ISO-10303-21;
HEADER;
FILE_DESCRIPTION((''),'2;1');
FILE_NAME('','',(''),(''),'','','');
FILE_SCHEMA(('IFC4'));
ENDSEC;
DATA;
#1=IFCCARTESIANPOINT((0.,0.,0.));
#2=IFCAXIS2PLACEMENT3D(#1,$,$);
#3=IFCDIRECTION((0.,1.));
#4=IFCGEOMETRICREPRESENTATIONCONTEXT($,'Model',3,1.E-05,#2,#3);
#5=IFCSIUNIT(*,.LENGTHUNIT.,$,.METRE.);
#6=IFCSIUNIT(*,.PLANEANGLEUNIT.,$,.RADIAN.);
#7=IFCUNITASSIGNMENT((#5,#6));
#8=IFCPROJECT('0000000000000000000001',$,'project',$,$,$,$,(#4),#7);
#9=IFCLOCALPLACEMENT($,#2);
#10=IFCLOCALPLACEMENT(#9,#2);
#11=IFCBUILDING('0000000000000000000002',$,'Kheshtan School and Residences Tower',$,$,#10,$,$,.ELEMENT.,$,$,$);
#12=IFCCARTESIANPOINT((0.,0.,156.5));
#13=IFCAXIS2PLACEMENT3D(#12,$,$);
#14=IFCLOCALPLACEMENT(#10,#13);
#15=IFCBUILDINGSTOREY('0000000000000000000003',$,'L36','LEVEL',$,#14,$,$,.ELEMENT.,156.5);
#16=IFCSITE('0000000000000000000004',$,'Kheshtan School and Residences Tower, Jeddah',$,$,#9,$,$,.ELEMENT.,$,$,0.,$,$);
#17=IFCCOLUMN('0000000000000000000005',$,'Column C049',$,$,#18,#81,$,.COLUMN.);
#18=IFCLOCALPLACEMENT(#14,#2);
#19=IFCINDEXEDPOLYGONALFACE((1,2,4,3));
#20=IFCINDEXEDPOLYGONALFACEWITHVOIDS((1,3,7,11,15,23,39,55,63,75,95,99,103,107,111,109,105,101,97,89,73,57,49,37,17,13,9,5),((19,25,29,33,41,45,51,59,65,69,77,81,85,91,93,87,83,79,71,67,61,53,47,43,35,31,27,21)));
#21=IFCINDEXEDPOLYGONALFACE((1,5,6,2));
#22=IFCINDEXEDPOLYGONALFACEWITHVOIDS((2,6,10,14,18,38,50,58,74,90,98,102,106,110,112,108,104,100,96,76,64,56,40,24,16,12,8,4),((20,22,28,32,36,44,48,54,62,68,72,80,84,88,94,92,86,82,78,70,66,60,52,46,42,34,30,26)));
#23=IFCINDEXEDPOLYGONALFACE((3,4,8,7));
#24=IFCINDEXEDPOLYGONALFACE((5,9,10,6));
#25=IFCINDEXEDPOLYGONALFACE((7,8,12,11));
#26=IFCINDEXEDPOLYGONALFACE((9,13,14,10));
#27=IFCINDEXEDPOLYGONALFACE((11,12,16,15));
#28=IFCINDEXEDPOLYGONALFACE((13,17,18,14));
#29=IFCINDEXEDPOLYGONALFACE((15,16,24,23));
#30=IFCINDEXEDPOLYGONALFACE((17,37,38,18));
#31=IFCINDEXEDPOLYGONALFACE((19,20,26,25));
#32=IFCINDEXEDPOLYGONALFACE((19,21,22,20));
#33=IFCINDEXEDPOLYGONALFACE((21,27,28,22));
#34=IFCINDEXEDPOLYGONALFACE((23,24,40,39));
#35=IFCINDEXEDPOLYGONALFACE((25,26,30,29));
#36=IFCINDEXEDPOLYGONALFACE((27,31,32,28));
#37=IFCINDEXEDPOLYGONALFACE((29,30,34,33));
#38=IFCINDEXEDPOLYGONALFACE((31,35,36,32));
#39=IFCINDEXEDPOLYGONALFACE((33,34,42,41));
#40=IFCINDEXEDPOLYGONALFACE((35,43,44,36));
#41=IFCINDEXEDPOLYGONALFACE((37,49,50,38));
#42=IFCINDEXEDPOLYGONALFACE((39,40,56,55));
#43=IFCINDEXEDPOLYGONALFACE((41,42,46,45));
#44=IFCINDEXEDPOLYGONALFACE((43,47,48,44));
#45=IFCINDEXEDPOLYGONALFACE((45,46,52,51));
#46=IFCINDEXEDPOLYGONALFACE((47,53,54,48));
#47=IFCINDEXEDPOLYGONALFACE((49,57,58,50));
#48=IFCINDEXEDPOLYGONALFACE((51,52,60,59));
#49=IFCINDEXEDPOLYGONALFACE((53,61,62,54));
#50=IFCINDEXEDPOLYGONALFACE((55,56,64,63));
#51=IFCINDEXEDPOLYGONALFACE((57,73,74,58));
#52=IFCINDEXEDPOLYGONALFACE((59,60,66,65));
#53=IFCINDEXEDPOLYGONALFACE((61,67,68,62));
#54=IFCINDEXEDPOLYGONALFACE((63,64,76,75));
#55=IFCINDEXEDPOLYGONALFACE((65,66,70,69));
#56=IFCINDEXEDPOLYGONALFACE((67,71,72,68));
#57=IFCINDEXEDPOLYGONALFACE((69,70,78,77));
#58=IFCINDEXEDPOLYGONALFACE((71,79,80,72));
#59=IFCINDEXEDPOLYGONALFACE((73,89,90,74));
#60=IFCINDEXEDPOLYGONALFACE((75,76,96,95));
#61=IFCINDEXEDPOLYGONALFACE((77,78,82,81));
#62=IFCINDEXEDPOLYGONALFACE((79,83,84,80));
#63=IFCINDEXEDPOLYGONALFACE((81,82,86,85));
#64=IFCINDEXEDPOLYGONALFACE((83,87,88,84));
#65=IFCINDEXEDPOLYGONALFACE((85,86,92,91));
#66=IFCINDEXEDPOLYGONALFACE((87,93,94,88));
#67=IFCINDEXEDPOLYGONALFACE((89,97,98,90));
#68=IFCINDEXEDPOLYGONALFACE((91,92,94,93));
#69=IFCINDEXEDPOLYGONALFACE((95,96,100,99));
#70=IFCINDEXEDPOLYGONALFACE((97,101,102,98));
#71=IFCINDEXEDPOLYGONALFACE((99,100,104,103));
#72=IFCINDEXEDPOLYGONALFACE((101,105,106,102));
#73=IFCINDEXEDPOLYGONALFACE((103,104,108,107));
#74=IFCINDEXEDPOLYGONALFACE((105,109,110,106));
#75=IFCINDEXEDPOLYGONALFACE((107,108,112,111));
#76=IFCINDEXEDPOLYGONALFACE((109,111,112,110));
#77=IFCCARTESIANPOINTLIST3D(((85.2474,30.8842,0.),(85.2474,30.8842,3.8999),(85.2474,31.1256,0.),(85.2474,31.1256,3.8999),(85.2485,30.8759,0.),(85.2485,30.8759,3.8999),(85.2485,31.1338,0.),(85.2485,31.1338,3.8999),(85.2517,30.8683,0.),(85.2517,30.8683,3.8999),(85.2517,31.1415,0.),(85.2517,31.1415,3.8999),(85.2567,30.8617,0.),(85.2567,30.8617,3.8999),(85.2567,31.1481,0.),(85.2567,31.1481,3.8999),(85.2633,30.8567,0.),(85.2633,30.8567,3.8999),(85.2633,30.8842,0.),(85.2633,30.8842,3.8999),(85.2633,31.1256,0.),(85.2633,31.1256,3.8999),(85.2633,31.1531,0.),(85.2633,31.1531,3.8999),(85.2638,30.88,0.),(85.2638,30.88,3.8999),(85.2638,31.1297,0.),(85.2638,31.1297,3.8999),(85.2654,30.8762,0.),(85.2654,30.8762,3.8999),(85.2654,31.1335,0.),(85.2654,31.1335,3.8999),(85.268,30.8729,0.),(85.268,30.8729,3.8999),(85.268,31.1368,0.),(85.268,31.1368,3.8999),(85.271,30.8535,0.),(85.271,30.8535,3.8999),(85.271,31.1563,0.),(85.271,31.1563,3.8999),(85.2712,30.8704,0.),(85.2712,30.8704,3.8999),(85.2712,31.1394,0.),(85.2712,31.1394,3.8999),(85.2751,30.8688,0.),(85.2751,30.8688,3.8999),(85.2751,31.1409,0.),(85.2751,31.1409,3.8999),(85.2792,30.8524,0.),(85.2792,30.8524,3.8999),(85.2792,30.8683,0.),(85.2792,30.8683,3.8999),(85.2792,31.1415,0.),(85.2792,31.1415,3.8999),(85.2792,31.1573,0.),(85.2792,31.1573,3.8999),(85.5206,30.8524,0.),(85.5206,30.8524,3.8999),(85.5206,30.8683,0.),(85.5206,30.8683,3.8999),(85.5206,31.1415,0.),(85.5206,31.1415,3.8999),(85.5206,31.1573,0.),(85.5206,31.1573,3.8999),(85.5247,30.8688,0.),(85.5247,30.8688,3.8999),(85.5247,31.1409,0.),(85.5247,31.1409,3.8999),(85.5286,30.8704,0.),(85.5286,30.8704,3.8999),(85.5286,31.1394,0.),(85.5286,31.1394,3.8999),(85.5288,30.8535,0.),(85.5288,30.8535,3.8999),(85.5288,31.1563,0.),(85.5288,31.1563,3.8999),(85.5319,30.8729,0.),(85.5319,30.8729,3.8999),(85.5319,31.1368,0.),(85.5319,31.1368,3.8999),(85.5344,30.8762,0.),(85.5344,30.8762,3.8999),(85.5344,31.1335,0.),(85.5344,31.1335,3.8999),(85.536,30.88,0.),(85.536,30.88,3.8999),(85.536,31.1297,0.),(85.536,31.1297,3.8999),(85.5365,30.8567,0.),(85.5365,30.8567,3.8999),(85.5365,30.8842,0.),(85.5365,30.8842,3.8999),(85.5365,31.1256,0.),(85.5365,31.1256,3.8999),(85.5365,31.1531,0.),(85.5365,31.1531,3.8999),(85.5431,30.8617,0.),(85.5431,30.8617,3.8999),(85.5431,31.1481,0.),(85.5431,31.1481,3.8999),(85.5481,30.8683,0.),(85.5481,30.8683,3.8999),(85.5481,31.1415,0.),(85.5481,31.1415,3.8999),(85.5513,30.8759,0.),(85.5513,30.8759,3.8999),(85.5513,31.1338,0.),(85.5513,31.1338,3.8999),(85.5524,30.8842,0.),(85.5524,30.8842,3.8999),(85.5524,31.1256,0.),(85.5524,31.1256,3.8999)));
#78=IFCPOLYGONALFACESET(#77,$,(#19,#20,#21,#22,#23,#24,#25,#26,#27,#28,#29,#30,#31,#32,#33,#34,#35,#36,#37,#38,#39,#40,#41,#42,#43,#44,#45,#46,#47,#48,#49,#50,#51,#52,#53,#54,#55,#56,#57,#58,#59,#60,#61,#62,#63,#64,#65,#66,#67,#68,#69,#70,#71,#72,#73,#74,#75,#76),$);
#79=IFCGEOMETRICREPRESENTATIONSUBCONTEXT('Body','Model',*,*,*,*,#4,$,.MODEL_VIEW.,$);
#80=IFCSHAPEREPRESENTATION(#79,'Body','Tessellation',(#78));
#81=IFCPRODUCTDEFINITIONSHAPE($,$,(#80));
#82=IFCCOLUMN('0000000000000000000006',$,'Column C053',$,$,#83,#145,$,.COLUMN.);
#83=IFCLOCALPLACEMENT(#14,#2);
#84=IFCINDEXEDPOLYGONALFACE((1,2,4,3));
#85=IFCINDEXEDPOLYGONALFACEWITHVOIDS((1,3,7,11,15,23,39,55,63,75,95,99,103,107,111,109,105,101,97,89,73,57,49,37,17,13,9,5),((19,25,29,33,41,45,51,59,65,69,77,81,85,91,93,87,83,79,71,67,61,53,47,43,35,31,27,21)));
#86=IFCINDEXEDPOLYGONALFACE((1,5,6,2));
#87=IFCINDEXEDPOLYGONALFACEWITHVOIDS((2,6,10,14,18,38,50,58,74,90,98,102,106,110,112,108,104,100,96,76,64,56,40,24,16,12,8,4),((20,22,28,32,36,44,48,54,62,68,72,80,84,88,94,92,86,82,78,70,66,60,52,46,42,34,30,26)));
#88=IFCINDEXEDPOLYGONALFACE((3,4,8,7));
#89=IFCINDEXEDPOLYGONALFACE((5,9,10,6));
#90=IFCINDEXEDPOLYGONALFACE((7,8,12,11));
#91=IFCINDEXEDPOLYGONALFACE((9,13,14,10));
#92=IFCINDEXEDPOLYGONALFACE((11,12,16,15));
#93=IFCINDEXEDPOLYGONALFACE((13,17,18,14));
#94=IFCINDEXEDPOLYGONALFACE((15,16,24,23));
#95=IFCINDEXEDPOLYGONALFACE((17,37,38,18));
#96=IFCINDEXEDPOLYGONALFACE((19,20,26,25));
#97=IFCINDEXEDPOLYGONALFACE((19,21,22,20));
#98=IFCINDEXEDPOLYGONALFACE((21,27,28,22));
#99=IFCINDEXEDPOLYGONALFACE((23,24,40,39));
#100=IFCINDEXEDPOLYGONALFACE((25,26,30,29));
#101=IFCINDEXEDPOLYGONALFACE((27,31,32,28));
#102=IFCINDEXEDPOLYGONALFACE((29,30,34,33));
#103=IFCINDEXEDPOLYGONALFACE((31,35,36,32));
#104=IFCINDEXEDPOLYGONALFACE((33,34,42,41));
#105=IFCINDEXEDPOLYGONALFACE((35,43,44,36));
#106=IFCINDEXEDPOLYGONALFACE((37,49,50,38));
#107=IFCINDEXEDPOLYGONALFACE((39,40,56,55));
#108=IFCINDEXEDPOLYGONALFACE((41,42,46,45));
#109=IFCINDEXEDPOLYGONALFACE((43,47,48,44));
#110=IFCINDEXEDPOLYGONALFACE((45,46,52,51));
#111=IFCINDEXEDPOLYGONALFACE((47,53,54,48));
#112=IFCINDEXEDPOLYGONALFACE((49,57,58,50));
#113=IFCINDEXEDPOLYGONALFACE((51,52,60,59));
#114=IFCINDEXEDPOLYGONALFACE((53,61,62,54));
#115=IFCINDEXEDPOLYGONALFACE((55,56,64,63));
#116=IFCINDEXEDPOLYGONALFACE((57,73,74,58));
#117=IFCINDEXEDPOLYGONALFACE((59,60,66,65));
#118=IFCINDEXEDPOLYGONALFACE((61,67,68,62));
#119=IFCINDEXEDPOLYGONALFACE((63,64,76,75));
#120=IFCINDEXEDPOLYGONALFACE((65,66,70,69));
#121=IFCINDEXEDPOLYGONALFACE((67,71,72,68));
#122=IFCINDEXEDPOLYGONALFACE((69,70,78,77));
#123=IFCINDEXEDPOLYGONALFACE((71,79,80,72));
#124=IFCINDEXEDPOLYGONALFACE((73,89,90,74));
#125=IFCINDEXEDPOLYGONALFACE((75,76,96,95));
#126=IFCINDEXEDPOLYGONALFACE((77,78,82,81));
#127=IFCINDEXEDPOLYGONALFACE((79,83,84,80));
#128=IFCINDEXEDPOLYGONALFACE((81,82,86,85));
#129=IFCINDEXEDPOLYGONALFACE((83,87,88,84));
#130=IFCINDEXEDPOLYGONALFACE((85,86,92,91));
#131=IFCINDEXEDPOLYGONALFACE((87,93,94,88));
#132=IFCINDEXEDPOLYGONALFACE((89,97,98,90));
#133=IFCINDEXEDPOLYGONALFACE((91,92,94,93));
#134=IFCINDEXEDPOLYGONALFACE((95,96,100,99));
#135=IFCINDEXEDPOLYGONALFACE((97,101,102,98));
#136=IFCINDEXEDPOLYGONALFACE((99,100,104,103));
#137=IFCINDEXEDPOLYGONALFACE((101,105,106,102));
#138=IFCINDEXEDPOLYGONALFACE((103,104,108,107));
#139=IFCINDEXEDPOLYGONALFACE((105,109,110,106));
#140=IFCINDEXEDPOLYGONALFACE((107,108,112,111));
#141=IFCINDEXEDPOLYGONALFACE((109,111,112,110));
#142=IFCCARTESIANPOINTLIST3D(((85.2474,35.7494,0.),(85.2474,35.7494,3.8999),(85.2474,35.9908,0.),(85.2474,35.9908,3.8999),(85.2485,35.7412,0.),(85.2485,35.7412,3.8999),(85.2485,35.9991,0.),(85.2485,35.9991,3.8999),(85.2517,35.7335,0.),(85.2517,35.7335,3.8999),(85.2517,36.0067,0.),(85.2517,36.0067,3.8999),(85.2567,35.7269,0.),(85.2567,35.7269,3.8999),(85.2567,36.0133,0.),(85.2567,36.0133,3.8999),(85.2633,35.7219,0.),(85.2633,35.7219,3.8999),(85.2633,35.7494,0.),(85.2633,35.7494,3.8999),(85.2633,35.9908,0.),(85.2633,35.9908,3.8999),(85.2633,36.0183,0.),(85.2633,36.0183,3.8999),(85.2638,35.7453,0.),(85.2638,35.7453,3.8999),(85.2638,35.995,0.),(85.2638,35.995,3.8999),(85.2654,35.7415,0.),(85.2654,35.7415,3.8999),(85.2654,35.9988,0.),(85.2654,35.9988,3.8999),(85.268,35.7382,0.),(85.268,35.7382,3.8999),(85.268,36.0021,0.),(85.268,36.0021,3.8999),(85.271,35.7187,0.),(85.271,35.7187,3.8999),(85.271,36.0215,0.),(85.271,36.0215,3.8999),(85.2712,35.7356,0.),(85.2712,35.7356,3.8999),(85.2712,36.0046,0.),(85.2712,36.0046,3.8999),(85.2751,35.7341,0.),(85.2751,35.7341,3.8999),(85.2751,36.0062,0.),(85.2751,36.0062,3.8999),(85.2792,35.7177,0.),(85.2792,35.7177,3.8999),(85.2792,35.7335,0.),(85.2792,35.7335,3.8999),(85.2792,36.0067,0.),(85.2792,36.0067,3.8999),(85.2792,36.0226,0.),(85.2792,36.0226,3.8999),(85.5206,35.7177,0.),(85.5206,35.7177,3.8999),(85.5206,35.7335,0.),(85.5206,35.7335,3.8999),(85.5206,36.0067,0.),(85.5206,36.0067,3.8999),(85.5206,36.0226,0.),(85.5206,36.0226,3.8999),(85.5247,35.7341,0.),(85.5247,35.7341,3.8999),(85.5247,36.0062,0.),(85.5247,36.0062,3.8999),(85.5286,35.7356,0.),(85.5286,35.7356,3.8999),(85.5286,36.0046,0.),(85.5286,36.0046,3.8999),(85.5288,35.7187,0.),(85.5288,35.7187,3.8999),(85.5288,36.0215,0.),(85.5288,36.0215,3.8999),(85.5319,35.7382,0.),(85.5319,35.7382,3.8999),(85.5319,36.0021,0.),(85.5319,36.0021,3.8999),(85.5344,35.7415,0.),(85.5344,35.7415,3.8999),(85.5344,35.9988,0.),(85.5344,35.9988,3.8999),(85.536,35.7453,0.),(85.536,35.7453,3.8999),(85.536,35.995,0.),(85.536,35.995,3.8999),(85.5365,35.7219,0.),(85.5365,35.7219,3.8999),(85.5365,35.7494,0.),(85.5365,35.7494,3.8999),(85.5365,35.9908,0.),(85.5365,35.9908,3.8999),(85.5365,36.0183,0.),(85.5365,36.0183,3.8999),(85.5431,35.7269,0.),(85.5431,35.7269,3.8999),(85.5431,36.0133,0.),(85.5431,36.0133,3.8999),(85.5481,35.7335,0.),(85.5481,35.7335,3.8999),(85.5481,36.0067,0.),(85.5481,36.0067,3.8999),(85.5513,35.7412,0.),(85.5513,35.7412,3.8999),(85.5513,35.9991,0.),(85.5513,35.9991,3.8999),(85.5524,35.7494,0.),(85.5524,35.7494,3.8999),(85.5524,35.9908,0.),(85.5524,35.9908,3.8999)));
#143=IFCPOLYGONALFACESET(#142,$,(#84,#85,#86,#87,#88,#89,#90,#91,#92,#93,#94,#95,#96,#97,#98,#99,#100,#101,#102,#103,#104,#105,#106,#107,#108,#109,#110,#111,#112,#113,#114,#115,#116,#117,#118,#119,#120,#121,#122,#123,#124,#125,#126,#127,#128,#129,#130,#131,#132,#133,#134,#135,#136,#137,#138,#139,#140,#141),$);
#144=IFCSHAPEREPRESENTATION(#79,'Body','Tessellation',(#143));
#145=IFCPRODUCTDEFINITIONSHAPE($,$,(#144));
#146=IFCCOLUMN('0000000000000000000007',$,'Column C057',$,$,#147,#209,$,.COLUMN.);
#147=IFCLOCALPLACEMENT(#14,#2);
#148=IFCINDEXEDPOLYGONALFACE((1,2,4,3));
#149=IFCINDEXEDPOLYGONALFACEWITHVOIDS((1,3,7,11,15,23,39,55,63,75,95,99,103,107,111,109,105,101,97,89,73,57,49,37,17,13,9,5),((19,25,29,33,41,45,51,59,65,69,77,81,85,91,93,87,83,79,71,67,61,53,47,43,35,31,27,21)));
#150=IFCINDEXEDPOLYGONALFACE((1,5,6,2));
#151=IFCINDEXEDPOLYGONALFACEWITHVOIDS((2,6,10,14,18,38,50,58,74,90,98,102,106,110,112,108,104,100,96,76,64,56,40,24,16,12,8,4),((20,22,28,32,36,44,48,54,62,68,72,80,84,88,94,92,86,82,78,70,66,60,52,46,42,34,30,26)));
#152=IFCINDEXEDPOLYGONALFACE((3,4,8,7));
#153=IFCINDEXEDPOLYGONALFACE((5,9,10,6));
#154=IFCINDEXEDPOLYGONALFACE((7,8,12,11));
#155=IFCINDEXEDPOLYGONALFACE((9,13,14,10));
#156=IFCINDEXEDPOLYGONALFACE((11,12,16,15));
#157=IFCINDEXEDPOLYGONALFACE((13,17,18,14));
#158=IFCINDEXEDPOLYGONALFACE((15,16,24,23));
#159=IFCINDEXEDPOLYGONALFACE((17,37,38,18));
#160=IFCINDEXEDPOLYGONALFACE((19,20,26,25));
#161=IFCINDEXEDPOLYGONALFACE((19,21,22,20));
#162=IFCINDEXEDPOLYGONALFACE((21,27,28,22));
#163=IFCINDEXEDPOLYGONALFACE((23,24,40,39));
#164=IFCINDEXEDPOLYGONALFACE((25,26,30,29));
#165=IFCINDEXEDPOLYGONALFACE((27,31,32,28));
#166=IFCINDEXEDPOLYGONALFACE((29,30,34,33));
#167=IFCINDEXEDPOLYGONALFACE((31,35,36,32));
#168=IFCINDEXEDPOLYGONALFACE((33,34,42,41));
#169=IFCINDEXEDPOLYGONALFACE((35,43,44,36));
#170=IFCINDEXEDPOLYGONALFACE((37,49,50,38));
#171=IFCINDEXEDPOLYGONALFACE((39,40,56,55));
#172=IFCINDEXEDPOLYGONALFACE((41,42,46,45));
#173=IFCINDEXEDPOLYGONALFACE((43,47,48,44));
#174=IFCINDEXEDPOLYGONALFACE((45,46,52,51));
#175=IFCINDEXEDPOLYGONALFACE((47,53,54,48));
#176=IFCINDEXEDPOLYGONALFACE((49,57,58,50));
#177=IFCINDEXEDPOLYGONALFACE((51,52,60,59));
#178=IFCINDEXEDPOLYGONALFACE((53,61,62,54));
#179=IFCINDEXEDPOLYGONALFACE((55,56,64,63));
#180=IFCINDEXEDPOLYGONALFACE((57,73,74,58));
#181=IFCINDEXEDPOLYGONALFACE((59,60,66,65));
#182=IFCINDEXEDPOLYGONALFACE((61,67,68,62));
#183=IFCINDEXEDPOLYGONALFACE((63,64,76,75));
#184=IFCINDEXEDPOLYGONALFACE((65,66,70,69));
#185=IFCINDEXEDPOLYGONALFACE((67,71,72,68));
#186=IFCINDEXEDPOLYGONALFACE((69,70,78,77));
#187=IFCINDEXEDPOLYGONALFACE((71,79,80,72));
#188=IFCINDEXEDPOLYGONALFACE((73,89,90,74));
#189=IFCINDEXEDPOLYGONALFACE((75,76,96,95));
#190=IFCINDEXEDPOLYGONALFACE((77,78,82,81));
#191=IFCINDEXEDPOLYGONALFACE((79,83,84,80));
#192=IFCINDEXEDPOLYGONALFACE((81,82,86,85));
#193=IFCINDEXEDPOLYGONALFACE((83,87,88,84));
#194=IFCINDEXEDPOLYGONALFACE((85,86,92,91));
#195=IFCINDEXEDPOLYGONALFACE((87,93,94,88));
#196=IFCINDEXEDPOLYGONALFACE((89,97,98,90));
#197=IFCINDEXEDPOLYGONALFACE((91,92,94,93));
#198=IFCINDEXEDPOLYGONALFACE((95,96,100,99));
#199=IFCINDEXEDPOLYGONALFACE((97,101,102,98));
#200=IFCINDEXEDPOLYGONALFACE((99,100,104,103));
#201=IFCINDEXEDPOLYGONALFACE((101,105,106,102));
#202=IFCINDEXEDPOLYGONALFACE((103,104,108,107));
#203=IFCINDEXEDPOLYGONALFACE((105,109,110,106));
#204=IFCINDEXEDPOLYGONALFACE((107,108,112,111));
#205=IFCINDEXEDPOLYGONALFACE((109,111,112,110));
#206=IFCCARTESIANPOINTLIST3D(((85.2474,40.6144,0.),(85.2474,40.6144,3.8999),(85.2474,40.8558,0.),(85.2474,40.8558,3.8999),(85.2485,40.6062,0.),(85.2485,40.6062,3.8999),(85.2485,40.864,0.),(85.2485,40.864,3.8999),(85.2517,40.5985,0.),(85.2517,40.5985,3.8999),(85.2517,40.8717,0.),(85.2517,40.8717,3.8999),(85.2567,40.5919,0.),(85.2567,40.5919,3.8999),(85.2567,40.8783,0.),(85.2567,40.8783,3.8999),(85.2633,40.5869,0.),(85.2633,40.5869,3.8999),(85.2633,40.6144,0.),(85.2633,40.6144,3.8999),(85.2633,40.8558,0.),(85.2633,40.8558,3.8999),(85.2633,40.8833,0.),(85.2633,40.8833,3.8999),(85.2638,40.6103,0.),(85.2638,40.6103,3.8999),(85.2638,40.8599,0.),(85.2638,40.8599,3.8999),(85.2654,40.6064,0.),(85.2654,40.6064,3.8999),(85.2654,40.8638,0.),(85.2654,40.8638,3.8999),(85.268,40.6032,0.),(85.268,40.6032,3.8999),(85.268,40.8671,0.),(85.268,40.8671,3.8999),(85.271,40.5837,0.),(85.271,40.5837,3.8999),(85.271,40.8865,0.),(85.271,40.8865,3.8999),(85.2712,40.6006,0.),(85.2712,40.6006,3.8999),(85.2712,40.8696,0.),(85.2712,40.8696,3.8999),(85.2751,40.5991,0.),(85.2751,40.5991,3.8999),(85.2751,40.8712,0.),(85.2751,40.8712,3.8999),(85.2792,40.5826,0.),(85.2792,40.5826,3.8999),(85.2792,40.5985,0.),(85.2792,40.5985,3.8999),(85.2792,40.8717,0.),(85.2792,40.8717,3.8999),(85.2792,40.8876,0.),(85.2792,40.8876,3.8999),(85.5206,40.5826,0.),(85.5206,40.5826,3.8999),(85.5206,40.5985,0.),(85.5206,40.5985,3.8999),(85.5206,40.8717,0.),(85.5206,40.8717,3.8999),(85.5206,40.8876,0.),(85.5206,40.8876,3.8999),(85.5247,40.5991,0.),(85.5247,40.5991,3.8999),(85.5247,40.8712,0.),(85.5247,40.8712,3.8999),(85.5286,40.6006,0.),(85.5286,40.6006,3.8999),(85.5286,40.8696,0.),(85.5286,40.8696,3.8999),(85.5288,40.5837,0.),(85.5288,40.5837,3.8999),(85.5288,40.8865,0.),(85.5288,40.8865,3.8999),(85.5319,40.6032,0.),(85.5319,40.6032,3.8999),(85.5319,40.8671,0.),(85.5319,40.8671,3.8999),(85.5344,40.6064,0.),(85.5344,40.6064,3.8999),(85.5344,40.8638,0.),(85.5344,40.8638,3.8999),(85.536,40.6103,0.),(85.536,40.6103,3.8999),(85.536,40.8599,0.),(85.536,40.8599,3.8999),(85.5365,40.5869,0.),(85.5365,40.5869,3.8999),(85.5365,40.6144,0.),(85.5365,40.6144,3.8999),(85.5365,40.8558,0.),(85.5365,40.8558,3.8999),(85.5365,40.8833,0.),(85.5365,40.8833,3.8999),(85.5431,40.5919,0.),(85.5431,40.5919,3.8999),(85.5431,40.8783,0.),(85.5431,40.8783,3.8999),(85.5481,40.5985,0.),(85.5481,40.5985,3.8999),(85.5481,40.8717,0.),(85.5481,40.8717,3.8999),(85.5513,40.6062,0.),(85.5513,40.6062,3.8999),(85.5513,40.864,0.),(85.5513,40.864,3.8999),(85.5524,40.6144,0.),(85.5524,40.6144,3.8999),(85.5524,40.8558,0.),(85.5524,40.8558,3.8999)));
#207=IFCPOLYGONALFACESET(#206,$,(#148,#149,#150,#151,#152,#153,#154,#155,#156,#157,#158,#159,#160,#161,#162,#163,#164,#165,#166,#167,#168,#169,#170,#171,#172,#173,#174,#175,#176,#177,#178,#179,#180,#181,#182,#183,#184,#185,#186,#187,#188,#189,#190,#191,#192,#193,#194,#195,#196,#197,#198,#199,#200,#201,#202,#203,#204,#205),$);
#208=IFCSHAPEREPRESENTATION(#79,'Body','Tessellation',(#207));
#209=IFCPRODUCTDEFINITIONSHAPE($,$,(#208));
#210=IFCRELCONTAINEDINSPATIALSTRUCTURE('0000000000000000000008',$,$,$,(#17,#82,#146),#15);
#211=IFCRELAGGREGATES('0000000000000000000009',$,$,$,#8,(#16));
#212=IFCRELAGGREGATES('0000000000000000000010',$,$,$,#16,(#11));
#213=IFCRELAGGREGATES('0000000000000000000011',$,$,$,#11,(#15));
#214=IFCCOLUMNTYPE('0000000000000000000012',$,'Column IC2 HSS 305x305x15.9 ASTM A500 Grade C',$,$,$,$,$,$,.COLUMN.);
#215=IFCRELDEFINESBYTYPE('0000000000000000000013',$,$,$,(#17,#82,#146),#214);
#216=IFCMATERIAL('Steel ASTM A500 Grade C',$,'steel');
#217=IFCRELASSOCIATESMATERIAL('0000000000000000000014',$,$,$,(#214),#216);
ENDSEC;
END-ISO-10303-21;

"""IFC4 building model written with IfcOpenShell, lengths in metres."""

from ifc_helpers import new_model, si_unit, direction, frame, origin, origin_2d, place, context, subcontext, project, spatial, hollow_rectangle, extrude, material, material_profile, profile_set, type_object, element, save


model = new_model("IFC4")

# Units and contexts
model_context = context("Model", 3, precision=1e-05, world=origin(), true_north=direction((0.0, 1.0)))
body_context = subcontext(model_context, "Body", "Model", "MODEL_VIEW")
ifc_project = project(units=[si_unit("LENGTHUNIT", "METRE"), si_unit("PLANEANGLEUNIT", "RADIAN")], contexts=[model_context])

# Site, building, storey
site_placement = place(None, origin())
site = spatial("IfcSite", under=ifc_project, at=site_placement, Name="Kheshtan School and Residences Tower, Jeddah", CompositionType="ELEMENT", RefElevation=0.0)
building_placement = place(site_placement, origin())
building = spatial("IfcBuilding", under=site, at=building_placement, Name="Kheshtan School and Residences Tower", CompositionType="ELEMENT")
storey_placement = place(building_placement, frame((0.0, 0.0, 156.5)))
storey = spatial("IfcBuildingStorey", under=building, at=storey_placement, Name="L36", Description="LEVEL", CompositionType="ELEMENT", Elevation=156.5)

# Columns
ifc_material_1 = material(Name="Steel ASTM A500 Grade C", Category="steel")
ifc_material_profile_1 = material_profile(ifc_material_1, hollow_rectangle(XDim=0.3049, YDim=0.3049, WallThickness=0.0159, InnerFilletRadius=0.0159, OuterFilletRadius=0.0317, at=origin_2d()), Name="HSS 305x305x15.9")
ifc_profile_set_1 = profile_set([ifc_material_profile_1], Name="Steel ASTM A500 Grade C")
column_type = type_object("IfcColumnType", Name="Column IC2 HSS 305x305x15.9 ASTM A500 Grade C", PredefinedType="COLUMN", material=ifc_profile_set_1)
for number, where, z_axis, x_axis, name in (
    (1, (85.3999, 31.0049, 0.0), (0.0, 0.0, 1.0), (1.0, 0.0, 0.0), "Column C049"),
    (2, (85.3999, 35.8701, 0.0), (0.0, 0.0, 1.0), (1.0, 0.0, 0.0), "Column C053"),
    (3, (85.3999, 40.7351, 0.0), (0.0, 0.0, 1.0), (1.0, 0.0, 0.0), "Column C057"),
):
    element("IfcColumn", number, at=place(storey_placement, frame(where, z_axis=z_axis, x_axis=x_axis)), inside=storey, type_object=column_type, Name=name, PredefinedType="COLUMN", context=body_context, shape_type="SweptSolid", body=[
        extrude(hollow_rectangle(XDim=0.3049, YDim=0.3049, WallThickness=0.0159, InnerFilletRadius=0.0159, OuterFilletRadius=0.0317, at=origin_2d()), origin(), (0.0, 0.0, 1.0), 3.8999),
    ])

save(model, "model.ifc")
